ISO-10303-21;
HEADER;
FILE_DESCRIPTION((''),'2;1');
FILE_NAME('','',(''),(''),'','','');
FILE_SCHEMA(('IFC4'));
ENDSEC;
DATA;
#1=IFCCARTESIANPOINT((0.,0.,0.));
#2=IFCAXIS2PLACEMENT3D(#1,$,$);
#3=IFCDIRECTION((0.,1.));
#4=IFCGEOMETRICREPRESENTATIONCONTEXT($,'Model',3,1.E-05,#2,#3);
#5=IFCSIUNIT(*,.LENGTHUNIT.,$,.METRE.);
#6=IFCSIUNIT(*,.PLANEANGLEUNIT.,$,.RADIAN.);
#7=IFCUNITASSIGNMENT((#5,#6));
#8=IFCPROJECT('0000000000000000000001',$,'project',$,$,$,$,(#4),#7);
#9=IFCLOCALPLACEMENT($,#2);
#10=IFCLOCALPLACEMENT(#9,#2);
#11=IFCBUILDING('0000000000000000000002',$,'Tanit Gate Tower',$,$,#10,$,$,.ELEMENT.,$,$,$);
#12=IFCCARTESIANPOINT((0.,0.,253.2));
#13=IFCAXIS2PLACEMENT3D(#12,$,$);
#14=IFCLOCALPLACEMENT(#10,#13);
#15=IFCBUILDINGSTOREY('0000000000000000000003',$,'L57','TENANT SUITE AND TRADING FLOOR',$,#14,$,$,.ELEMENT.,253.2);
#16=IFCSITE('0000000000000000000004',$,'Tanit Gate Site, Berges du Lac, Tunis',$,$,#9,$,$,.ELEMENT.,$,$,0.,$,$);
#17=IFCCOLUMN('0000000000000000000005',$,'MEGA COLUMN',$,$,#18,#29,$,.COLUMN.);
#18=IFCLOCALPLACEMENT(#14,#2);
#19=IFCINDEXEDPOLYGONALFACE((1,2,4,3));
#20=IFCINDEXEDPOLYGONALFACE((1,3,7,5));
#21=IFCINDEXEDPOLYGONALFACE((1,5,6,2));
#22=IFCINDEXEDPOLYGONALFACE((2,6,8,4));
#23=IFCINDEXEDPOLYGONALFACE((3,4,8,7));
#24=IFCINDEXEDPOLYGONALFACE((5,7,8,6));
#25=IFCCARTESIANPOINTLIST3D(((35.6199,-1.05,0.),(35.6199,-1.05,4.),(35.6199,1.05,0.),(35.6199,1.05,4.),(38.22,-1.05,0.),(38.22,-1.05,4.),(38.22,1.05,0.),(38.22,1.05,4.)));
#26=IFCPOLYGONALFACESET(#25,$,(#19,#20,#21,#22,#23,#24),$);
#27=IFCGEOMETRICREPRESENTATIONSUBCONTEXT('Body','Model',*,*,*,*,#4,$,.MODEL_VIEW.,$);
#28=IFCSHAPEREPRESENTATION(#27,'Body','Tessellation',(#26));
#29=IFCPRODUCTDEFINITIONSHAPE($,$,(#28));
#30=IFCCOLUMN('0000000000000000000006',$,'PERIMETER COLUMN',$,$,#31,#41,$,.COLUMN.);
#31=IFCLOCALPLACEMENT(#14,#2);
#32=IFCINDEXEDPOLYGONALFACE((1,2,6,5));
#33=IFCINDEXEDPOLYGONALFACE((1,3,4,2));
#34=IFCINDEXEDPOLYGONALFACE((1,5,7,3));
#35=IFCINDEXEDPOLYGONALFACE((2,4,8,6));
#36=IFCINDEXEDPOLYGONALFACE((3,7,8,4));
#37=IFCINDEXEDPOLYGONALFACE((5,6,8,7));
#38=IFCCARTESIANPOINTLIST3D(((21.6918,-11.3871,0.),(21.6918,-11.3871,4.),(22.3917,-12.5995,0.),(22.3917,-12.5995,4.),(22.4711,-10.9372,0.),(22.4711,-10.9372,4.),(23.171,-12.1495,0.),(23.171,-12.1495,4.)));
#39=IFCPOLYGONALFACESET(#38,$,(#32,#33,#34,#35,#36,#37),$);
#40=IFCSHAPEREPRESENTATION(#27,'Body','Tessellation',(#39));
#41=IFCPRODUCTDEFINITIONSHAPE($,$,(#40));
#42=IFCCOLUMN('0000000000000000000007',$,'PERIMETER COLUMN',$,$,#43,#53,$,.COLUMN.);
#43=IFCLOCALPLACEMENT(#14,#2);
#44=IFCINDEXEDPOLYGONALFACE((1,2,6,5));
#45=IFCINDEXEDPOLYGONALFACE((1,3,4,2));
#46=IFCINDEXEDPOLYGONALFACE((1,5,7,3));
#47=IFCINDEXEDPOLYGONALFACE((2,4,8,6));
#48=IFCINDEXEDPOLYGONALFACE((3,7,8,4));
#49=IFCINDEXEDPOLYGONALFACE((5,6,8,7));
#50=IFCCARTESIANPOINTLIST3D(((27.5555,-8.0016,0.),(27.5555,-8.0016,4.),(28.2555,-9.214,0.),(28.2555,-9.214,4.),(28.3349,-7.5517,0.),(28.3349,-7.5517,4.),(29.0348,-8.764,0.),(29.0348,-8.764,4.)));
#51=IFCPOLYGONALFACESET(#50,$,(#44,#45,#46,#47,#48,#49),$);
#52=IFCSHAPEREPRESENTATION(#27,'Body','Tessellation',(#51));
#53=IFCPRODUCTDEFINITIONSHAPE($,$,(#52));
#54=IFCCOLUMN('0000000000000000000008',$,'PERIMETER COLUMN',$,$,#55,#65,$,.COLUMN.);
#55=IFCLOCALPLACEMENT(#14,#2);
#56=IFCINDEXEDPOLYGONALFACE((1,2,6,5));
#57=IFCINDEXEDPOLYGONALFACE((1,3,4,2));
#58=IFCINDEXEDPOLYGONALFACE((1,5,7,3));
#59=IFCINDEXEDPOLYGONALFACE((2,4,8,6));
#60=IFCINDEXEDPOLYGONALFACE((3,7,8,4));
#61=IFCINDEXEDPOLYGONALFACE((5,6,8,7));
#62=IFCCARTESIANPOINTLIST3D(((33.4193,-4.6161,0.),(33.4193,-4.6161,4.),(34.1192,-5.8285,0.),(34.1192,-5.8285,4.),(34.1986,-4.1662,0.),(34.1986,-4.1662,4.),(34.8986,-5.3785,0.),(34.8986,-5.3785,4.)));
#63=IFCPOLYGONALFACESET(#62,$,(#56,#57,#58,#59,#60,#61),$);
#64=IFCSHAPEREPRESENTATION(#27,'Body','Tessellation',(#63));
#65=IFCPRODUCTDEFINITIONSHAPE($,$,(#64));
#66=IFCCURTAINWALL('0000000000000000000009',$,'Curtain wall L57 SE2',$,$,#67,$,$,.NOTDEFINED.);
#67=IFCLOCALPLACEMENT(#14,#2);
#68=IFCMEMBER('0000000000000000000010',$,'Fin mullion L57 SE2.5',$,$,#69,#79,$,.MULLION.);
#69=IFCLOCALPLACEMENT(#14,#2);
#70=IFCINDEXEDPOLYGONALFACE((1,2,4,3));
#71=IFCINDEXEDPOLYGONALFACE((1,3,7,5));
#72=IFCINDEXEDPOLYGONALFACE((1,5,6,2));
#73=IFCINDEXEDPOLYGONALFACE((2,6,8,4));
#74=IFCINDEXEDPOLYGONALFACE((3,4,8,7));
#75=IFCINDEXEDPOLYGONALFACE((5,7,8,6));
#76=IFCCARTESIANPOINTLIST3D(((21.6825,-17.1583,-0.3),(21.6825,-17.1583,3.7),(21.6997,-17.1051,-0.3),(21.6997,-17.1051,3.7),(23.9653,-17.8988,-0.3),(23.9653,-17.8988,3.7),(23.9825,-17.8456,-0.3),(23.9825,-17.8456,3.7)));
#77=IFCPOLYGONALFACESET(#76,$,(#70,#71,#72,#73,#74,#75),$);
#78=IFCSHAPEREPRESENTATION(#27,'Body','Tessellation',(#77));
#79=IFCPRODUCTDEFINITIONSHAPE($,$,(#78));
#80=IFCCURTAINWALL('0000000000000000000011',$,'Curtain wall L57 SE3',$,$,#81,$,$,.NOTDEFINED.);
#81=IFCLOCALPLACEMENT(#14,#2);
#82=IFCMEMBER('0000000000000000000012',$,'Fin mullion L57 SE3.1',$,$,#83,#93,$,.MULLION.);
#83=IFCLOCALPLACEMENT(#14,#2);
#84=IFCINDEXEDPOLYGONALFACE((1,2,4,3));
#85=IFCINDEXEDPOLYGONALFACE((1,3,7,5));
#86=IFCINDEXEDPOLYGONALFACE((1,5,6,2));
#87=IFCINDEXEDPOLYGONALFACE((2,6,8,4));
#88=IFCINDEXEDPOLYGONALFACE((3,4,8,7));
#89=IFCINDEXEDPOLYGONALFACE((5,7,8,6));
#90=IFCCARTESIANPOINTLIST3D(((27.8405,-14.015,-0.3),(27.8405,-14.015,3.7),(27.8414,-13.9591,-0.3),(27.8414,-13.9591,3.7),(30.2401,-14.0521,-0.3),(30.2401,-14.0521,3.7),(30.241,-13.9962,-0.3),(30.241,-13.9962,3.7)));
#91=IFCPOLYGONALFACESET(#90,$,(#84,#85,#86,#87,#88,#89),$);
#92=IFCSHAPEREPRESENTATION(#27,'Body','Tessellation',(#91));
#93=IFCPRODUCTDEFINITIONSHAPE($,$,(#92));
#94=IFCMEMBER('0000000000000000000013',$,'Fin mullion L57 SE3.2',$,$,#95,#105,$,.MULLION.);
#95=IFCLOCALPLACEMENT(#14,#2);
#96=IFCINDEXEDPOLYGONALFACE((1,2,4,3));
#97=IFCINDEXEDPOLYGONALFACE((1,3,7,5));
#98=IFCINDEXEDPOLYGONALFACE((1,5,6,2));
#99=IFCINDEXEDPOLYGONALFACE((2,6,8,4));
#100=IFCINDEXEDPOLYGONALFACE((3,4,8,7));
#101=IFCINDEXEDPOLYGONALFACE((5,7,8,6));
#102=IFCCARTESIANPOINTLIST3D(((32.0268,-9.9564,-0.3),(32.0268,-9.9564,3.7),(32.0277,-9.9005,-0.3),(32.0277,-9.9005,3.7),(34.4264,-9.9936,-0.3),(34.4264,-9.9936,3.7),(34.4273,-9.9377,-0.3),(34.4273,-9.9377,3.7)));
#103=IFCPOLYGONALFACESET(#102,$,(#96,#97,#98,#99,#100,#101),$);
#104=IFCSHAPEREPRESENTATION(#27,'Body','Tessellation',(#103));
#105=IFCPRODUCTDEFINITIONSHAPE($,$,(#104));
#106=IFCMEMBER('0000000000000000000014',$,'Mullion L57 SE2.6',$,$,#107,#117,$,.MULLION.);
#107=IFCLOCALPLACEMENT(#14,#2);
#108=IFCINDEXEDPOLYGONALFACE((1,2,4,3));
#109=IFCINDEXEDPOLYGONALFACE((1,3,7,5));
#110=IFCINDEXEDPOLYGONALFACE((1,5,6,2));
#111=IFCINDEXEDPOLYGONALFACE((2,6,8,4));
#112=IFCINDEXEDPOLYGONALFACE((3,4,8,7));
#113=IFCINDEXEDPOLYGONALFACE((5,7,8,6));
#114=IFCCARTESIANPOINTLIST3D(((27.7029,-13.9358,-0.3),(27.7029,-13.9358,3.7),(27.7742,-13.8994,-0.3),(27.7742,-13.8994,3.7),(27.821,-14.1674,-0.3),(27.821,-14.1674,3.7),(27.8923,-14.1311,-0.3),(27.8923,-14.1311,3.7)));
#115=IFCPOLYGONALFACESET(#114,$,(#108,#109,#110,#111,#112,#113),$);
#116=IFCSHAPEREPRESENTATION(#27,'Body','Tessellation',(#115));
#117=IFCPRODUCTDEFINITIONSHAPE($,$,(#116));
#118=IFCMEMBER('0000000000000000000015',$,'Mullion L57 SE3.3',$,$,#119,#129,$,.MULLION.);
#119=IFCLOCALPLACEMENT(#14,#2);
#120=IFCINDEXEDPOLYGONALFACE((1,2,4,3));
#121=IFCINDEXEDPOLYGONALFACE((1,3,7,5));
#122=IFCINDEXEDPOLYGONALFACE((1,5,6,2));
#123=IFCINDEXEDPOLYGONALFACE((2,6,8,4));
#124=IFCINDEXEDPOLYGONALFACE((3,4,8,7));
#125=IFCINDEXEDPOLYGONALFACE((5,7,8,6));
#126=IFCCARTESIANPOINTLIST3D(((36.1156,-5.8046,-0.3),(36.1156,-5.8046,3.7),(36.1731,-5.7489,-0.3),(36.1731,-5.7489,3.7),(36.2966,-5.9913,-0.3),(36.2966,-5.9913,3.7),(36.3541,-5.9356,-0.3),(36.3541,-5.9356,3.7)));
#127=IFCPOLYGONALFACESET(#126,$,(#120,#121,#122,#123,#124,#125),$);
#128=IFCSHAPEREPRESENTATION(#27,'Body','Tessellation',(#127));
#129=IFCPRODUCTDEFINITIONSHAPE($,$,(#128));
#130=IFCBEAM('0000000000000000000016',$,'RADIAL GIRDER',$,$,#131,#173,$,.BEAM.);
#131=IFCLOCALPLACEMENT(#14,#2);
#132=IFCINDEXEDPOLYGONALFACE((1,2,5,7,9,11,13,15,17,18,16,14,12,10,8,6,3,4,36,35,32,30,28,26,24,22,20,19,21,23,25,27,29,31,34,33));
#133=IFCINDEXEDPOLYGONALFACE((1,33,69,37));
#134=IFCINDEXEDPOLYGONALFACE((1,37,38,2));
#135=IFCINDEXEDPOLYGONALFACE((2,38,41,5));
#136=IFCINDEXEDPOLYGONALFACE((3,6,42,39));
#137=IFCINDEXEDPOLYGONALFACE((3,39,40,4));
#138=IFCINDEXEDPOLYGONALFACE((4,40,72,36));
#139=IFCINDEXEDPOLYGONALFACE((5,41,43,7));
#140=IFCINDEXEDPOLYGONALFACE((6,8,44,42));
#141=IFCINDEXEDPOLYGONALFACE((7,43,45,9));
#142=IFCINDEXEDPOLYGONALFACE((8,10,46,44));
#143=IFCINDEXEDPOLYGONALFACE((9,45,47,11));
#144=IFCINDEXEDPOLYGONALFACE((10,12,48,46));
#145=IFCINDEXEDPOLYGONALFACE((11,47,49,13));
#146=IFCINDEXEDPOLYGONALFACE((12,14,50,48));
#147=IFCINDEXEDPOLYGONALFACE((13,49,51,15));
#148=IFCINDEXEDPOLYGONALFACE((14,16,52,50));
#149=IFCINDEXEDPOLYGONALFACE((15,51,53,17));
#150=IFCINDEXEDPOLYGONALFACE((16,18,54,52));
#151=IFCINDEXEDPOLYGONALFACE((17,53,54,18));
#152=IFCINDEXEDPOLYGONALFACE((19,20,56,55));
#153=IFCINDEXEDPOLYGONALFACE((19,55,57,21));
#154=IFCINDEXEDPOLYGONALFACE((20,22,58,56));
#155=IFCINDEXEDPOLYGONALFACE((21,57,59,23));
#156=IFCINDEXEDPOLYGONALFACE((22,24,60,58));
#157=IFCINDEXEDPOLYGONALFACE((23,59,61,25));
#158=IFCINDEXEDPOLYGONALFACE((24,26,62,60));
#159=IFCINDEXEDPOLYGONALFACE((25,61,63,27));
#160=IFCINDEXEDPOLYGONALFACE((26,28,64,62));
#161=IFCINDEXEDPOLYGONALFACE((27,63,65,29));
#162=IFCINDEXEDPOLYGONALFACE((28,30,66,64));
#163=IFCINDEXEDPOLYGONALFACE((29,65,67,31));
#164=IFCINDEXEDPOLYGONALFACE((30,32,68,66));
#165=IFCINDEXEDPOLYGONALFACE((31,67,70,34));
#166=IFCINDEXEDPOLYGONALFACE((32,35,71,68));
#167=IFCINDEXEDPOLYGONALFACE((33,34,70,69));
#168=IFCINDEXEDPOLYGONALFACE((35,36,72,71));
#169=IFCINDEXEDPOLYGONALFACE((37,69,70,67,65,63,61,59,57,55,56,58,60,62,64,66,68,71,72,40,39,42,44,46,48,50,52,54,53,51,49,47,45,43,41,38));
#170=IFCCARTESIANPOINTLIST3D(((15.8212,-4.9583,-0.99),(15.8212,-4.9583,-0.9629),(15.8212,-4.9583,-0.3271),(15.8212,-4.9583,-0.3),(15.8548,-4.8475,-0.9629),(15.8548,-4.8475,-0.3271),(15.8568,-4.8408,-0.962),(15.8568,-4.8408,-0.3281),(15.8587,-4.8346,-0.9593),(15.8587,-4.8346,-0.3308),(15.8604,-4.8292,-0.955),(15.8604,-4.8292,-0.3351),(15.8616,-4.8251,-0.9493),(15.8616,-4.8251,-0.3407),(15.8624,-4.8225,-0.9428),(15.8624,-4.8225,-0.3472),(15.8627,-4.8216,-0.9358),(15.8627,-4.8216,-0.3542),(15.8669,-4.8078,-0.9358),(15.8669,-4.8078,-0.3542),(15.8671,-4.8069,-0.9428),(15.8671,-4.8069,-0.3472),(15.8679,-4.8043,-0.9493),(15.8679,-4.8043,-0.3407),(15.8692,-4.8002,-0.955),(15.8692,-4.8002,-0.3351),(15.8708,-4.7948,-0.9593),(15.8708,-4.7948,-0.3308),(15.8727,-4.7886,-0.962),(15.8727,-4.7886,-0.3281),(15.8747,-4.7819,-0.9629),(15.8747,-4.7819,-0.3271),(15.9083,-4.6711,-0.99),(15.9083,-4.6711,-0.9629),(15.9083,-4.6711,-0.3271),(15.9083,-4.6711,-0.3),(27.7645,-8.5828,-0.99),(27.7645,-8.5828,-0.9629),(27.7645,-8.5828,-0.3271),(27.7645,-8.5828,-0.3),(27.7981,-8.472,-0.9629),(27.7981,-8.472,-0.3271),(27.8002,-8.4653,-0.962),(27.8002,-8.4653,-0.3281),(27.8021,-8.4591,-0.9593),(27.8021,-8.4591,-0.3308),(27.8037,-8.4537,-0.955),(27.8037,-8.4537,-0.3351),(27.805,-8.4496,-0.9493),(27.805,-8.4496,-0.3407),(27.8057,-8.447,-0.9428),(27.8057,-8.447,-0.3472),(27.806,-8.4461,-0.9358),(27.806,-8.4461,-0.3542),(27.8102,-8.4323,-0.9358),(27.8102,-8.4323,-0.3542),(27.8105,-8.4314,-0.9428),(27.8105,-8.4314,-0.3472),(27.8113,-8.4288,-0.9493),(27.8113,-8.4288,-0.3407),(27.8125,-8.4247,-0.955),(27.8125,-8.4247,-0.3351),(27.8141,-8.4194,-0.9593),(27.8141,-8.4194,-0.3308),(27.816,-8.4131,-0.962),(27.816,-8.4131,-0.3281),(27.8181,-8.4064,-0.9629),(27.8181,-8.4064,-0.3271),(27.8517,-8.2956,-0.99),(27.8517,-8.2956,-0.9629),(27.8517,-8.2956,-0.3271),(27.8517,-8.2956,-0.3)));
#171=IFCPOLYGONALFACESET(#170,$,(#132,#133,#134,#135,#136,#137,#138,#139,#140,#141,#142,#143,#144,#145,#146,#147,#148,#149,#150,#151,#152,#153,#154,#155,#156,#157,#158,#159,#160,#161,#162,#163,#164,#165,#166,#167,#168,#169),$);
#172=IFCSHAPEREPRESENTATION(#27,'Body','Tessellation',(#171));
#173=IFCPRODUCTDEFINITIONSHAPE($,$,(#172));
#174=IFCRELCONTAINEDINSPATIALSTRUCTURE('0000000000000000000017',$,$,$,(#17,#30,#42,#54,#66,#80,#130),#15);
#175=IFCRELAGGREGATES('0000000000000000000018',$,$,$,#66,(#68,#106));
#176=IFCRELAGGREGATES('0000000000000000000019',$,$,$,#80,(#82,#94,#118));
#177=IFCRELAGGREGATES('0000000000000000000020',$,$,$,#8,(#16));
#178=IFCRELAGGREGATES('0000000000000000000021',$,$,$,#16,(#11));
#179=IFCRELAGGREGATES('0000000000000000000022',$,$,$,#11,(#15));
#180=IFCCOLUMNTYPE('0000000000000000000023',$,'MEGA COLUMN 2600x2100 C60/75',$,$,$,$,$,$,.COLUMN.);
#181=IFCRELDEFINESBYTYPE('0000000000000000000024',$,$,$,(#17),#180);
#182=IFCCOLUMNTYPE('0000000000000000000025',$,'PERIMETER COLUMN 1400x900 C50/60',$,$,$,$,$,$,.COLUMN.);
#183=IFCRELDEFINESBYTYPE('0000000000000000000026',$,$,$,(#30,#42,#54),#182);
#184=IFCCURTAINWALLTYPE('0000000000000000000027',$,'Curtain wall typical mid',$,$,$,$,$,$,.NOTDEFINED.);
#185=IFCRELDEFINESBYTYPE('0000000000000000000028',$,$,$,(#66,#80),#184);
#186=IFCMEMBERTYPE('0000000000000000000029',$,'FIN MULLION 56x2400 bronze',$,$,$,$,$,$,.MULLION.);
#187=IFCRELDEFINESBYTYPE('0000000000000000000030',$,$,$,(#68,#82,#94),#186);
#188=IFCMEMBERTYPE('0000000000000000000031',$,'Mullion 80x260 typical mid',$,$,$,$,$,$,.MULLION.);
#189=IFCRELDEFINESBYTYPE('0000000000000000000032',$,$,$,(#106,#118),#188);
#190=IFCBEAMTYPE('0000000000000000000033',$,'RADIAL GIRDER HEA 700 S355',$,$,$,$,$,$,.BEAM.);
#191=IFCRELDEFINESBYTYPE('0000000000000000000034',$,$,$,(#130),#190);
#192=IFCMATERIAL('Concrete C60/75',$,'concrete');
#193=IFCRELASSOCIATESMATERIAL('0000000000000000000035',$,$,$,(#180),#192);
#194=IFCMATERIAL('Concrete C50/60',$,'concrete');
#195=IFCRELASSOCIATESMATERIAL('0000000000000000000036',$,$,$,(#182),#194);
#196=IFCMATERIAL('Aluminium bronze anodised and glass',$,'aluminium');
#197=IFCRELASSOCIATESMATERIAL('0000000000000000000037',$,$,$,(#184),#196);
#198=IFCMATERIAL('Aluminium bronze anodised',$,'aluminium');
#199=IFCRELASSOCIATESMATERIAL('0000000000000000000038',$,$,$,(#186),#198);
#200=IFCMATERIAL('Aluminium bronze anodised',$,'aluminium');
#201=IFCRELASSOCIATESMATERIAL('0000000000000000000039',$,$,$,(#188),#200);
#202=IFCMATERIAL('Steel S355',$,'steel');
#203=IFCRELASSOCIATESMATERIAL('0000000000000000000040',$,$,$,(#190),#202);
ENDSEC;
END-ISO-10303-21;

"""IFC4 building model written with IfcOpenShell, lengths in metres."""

from ifc_helpers import new_model, si_unit, direction, frame, origin, origin_2d, place, context, subcontext, project, spatial, rectangle, i_section, extrude, material, material_profile, profile_set, type_object, element, aggregate, save


model = new_model("IFC4")

# Units and contexts
model_context = context("Model", 3, precision=1e-05, world=origin(), true_north=direction((0.0, 1.0)))
body_context = subcontext(model_context, "Body", "Model", "MODEL_VIEW")
ifc_project = project(units=[si_unit("LENGTHUNIT", "METRE"), si_unit("PLANEANGLEUNIT", "RADIAN")], contexts=[model_context])

# Site, building, storey
site_placement = place(None, origin())
site = spatial("IfcSite", under=ifc_project, at=site_placement, Name="Tanit Gate Site, Berges du Lac, Tunis", CompositionType="ELEMENT", RefElevation=0.0)
building_placement = place(site_placement, origin())
building = spatial("IfcBuilding", under=site, at=building_placement, Name="Tanit Gate Tower", CompositionType="ELEMENT")
storey_placement = place(building_placement, frame((0.0, 0.0, 253.2)))
storey = spatial("IfcBuildingStorey", under=building, at=storey_placement, Name="L57", Description="TENANT SUITE AND TRADING FLOOR", CompositionType="ELEMENT", Elevation=253.2)

# Columns
ifc_material_1 = material(Name="Concrete C60/75", Category="concrete")
ifc_material_profile_1 = material_profile(ifc_material_1, rectangle(XDim=2.6001, YDim=2.1001, at=origin_2d()), Name="RC 2600x2100")
ifc_profile_set_1 = profile_set([ifc_material_profile_1], Name="Concrete C60/75")
column_type_1 = type_object("IfcColumnType", Name="MEGA COLUMN 2600x2100 C60/75", PredefinedType="COLUMN", material=ifc_profile_set_1)
column_placement = place(storey_placement, frame((36.9199, 0.0, 0.0), z_axis=(0.0, 0.0, 1.0), x_axis=(1.0, 0.0, 0.0)))
element("IfcColumn", 1, at=column_placement, inside=storey, type_object=column_type_1, Name="MEGA COLUMN", PredefinedType="COLUMN", context=body_context, shape_type="SweptSolid", body=[
    extrude(rectangle(XDim=2.6001, YDim=2.1001, at=origin_2d()), origin(), (0.0, 0.0, 1.0), 4.0),
])
ifc_material_2 = material(Name="Concrete C50/60", Category="concrete")
ifc_material_profile_2 = material_profile(ifc_material_2, rectangle(XDim=1.3999, YDim=0.8999, at=origin_2d()), Name="RC 1400x900")
ifc_profile_set_2 = profile_set([ifc_material_profile_2], Name="Concrete C50/60")
column_type_2 = type_object("IfcColumnType", Name="PERIMETER COLUMN 1400x900 C50/60", PredefinedType="COLUMN", material=ifc_profile_set_2)
for number, where, z_axis, x_axis, name in (
    (2, (22.4314, -11.7683, 0.0), (0.0, 0.0, 1.0), (0.5, -0.866025, 0.0), "PERIMETER COLUMN"),
    (3, (28.2952, -8.3828, 0.0), (0.0, 0.0, 1.0), (0.5, -0.866025, 0.0), "PERIMETER COLUMN"),
    (4, (34.1589, -4.9973, 0.0), (0.0, 0.0, 1.0), (0.5, -0.866025, 0.0), "PERIMETER COLUMN"),
):
    element("IfcColumn", number, at=place(storey_placement, frame(where, z_axis=z_axis, x_axis=x_axis)), inside=storey, type_object=column_type_2, Name=name, PredefinedType="COLUMN", context=body_context, shape_type="SweptSolid", body=[
        extrude(rectangle(XDim=1.3999, YDim=0.8999, at=origin_2d()), origin(), (0.0, 0.0, 1.0), 4.0),
    ])

# Curtain wall, member
ifc_material_3 = material(Name="Aluminium bronze anodised and glass", Category="aluminium")
curtain_wall_type = type_object("IfcCurtainWallType", Name="Curtain wall typical mid", PredefinedType="NOTDEFINED", material=ifc_material_3)
curtain_wall_1_placement = place(storey_placement, origin())
curtain_wall_1 = element("IfcCurtainWall", 5, at=curtain_wall_1_placement, inside=storey, type_object=curtain_wall_type, Name="Curtain wall L57 SE2", PredefinedType="NOTDEFINED")
ifc_material_4 = material(Name="Aluminium bronze anodised", Category="aluminium")
ifc_material_profile_3 = material_profile(ifc_material_4, rectangle(XDim=2.3999, YDim=0.0559, at=origin_2d()), Name="56x2400 bronze fin mullion")
ifc_profile_set_3 = profile_set([ifc_material_profile_3], Name="Aluminium bronze anodised")
member_type_1 = type_object("IfcMemberType", Name="FIN MULLION 56x2400 bronze", PredefinedType="MULLION", material=ifc_profile_set_3)
member_1_placement = place(storey_placement, frame((22.8325, -17.502, -0.3), z_axis=(0.0, 0.0, 1.0), x_axis=(-0.951202, 0.308568, 0.0)))
member_1 = element("IfcMember", 6, at=member_1_placement, type_object=member_type_1, Name="Fin mullion L57 SE2.5", PredefinedType="MULLION", context=body_context, shape_type="SweptSolid", body=[
    extrude(rectangle(XDim=2.3999, YDim=0.0559, at=origin_2d()), origin(), (0.0, 0.0, 1.0), 4.0),
])

# Curtain wall, members
curtain_wall_2_placement = place(storey_placement, origin())
curtain_wall_2 = element("IfcCurtainWall", 7, at=curtain_wall_2_placement, inside=storey, type_object=curtain_wall_type, Name="Curtain wall L57 SE3", PredefinedType="NOTDEFINED")
member_2_placement = place(storey_placement, frame((29.0408, -14.0056, -0.3), z_axis=(0.0, 0.0, 1.0), x_axis=(-0.99988, 0.015484, 0.0)))
member_2 = element("IfcMember", 8, at=member_2_placement, type_object=member_type_1, Name="Fin mullion L57 SE3.1", PredefinedType="MULLION", context=body_context, shape_type="SweptSolid", body=[
    extrude(rectangle(XDim=2.3999, YDim=0.0559, at=origin_2d()), origin(), (0.0, 0.0, 1.0), 4.0),
])
member_3_placement = place(storey_placement, frame((33.2271, -9.947, -0.3), z_axis=(0.0, 0.0, 1.0), x_axis=(-0.99988, 0.015484, 0.0)))
member_3 = element("IfcMember", 9, at=member_3_placement, type_object=member_type_1, Name="Fin mullion L57 SE3.2", PredefinedType="MULLION", context=body_context, shape_type="SweptSolid", body=[
    extrude(rectangle(XDim=2.3999, YDim=0.0559, at=origin_2d()), origin(), (0.0, 0.0, 1.0), 4.0),
])

# Members
ifc_material_5 = material(Name="Aluminium bronze anodised", Category="aluminium")
ifc_material_profile_4 = material_profile(ifc_material_5, rectangle(XDim=0.26, YDim=0.0801, at=origin_2d()), Name="80x260 bronze mullion")
ifc_profile_set_4 = profile_set([ifc_material_profile_4], Name="Aluminium bronze anodised")
member_type_2 = type_object("IfcMemberType", Name="Mullion 80x260 typical mid", PredefinedType="MULLION", material=ifc_profile_set_4)
member_4_placement = place(storey_placement, frame((27.7976, -14.0334, -0.3), z_axis=(0.0, 0.0, 1.0), x_axis=(-0.454411, 0.890792, 0.0)))
member_4 = element("IfcMember", 10, at=member_4_placement, type_object=member_type_2, Name="Mullion L57 SE2.6", PredefinedType="MULLION", context=body_context, shape_type="SweptSolid", body=[
    extrude(rectangle(XDim=0.26, YDim=0.0801, at=origin_2d()), origin(), (0.0, 0.0, 1.0), 4.0),
])
member_5_placement = place(storey_placement, frame((36.2349, -5.8701, -0.3), z_axis=(0.0, 0.0, 1.0), x_axis=(-0.696073, 0.717971, 0.0)))
member_5 = element("IfcMember", 11, at=member_5_placement, type_object=member_type_2, Name="Mullion L57 SE3.3", PredefinedType="MULLION", context=body_context, shape_type="SweptSolid", body=[
    extrude(rectangle(XDim=0.26, YDim=0.0801, at=origin_2d()), origin(), (0.0, 0.0, 1.0), 4.0),
])

# Beam
ifc_material_6 = material(Name="Steel S355", Category="steel")
ifc_material_profile_5 = material_profile(ifc_material_6, i_section(OverallWidth=0.3, OverallDepth=0.6899, WebThickness=0.0144, FlangeThickness=0.0271, FilletRadius=0.0271, at=origin_2d()), Name="HEA 700")
ifc_profile_set_5 = profile_set([ifc_material_profile_5], Name="Steel S355")
beam_type_1 = type_object("IfcBeamType", Name="RADIAL GIRDER HEA 700 S355", PredefinedType="BEAM", material=ifc_profile_set_5)
beam_1_placement = place(storey_placement, frame((27.8081, -8.4392, -0.645), z_axis=(-0.956906, 0.290397, 0.0), x_axis=(-0.290397, -0.956906, 0.0)))
element("IfcBeam", 12, at=beam_1_placement, inside=storey, type_object=beam_type_1, Name="RADIAL GIRDER", PredefinedType="BEAM", context=body_context, shape_type="SweptSolid", body=[
    extrude(i_section(OverallWidth=0.3, OverallDepth=0.6899, WebThickness=0.0144, FlangeThickness=0.0271, FilletRadius=0.0271, at=origin_2d()), origin(), (0.0, 0.0, 1.0), 12.4812),
])

aggregate(curtain_wall_1, [member_1, member_4])
aggregate(curtain_wall_2, [member_2, member_3, member_5])

save(model, "model.ifc")
